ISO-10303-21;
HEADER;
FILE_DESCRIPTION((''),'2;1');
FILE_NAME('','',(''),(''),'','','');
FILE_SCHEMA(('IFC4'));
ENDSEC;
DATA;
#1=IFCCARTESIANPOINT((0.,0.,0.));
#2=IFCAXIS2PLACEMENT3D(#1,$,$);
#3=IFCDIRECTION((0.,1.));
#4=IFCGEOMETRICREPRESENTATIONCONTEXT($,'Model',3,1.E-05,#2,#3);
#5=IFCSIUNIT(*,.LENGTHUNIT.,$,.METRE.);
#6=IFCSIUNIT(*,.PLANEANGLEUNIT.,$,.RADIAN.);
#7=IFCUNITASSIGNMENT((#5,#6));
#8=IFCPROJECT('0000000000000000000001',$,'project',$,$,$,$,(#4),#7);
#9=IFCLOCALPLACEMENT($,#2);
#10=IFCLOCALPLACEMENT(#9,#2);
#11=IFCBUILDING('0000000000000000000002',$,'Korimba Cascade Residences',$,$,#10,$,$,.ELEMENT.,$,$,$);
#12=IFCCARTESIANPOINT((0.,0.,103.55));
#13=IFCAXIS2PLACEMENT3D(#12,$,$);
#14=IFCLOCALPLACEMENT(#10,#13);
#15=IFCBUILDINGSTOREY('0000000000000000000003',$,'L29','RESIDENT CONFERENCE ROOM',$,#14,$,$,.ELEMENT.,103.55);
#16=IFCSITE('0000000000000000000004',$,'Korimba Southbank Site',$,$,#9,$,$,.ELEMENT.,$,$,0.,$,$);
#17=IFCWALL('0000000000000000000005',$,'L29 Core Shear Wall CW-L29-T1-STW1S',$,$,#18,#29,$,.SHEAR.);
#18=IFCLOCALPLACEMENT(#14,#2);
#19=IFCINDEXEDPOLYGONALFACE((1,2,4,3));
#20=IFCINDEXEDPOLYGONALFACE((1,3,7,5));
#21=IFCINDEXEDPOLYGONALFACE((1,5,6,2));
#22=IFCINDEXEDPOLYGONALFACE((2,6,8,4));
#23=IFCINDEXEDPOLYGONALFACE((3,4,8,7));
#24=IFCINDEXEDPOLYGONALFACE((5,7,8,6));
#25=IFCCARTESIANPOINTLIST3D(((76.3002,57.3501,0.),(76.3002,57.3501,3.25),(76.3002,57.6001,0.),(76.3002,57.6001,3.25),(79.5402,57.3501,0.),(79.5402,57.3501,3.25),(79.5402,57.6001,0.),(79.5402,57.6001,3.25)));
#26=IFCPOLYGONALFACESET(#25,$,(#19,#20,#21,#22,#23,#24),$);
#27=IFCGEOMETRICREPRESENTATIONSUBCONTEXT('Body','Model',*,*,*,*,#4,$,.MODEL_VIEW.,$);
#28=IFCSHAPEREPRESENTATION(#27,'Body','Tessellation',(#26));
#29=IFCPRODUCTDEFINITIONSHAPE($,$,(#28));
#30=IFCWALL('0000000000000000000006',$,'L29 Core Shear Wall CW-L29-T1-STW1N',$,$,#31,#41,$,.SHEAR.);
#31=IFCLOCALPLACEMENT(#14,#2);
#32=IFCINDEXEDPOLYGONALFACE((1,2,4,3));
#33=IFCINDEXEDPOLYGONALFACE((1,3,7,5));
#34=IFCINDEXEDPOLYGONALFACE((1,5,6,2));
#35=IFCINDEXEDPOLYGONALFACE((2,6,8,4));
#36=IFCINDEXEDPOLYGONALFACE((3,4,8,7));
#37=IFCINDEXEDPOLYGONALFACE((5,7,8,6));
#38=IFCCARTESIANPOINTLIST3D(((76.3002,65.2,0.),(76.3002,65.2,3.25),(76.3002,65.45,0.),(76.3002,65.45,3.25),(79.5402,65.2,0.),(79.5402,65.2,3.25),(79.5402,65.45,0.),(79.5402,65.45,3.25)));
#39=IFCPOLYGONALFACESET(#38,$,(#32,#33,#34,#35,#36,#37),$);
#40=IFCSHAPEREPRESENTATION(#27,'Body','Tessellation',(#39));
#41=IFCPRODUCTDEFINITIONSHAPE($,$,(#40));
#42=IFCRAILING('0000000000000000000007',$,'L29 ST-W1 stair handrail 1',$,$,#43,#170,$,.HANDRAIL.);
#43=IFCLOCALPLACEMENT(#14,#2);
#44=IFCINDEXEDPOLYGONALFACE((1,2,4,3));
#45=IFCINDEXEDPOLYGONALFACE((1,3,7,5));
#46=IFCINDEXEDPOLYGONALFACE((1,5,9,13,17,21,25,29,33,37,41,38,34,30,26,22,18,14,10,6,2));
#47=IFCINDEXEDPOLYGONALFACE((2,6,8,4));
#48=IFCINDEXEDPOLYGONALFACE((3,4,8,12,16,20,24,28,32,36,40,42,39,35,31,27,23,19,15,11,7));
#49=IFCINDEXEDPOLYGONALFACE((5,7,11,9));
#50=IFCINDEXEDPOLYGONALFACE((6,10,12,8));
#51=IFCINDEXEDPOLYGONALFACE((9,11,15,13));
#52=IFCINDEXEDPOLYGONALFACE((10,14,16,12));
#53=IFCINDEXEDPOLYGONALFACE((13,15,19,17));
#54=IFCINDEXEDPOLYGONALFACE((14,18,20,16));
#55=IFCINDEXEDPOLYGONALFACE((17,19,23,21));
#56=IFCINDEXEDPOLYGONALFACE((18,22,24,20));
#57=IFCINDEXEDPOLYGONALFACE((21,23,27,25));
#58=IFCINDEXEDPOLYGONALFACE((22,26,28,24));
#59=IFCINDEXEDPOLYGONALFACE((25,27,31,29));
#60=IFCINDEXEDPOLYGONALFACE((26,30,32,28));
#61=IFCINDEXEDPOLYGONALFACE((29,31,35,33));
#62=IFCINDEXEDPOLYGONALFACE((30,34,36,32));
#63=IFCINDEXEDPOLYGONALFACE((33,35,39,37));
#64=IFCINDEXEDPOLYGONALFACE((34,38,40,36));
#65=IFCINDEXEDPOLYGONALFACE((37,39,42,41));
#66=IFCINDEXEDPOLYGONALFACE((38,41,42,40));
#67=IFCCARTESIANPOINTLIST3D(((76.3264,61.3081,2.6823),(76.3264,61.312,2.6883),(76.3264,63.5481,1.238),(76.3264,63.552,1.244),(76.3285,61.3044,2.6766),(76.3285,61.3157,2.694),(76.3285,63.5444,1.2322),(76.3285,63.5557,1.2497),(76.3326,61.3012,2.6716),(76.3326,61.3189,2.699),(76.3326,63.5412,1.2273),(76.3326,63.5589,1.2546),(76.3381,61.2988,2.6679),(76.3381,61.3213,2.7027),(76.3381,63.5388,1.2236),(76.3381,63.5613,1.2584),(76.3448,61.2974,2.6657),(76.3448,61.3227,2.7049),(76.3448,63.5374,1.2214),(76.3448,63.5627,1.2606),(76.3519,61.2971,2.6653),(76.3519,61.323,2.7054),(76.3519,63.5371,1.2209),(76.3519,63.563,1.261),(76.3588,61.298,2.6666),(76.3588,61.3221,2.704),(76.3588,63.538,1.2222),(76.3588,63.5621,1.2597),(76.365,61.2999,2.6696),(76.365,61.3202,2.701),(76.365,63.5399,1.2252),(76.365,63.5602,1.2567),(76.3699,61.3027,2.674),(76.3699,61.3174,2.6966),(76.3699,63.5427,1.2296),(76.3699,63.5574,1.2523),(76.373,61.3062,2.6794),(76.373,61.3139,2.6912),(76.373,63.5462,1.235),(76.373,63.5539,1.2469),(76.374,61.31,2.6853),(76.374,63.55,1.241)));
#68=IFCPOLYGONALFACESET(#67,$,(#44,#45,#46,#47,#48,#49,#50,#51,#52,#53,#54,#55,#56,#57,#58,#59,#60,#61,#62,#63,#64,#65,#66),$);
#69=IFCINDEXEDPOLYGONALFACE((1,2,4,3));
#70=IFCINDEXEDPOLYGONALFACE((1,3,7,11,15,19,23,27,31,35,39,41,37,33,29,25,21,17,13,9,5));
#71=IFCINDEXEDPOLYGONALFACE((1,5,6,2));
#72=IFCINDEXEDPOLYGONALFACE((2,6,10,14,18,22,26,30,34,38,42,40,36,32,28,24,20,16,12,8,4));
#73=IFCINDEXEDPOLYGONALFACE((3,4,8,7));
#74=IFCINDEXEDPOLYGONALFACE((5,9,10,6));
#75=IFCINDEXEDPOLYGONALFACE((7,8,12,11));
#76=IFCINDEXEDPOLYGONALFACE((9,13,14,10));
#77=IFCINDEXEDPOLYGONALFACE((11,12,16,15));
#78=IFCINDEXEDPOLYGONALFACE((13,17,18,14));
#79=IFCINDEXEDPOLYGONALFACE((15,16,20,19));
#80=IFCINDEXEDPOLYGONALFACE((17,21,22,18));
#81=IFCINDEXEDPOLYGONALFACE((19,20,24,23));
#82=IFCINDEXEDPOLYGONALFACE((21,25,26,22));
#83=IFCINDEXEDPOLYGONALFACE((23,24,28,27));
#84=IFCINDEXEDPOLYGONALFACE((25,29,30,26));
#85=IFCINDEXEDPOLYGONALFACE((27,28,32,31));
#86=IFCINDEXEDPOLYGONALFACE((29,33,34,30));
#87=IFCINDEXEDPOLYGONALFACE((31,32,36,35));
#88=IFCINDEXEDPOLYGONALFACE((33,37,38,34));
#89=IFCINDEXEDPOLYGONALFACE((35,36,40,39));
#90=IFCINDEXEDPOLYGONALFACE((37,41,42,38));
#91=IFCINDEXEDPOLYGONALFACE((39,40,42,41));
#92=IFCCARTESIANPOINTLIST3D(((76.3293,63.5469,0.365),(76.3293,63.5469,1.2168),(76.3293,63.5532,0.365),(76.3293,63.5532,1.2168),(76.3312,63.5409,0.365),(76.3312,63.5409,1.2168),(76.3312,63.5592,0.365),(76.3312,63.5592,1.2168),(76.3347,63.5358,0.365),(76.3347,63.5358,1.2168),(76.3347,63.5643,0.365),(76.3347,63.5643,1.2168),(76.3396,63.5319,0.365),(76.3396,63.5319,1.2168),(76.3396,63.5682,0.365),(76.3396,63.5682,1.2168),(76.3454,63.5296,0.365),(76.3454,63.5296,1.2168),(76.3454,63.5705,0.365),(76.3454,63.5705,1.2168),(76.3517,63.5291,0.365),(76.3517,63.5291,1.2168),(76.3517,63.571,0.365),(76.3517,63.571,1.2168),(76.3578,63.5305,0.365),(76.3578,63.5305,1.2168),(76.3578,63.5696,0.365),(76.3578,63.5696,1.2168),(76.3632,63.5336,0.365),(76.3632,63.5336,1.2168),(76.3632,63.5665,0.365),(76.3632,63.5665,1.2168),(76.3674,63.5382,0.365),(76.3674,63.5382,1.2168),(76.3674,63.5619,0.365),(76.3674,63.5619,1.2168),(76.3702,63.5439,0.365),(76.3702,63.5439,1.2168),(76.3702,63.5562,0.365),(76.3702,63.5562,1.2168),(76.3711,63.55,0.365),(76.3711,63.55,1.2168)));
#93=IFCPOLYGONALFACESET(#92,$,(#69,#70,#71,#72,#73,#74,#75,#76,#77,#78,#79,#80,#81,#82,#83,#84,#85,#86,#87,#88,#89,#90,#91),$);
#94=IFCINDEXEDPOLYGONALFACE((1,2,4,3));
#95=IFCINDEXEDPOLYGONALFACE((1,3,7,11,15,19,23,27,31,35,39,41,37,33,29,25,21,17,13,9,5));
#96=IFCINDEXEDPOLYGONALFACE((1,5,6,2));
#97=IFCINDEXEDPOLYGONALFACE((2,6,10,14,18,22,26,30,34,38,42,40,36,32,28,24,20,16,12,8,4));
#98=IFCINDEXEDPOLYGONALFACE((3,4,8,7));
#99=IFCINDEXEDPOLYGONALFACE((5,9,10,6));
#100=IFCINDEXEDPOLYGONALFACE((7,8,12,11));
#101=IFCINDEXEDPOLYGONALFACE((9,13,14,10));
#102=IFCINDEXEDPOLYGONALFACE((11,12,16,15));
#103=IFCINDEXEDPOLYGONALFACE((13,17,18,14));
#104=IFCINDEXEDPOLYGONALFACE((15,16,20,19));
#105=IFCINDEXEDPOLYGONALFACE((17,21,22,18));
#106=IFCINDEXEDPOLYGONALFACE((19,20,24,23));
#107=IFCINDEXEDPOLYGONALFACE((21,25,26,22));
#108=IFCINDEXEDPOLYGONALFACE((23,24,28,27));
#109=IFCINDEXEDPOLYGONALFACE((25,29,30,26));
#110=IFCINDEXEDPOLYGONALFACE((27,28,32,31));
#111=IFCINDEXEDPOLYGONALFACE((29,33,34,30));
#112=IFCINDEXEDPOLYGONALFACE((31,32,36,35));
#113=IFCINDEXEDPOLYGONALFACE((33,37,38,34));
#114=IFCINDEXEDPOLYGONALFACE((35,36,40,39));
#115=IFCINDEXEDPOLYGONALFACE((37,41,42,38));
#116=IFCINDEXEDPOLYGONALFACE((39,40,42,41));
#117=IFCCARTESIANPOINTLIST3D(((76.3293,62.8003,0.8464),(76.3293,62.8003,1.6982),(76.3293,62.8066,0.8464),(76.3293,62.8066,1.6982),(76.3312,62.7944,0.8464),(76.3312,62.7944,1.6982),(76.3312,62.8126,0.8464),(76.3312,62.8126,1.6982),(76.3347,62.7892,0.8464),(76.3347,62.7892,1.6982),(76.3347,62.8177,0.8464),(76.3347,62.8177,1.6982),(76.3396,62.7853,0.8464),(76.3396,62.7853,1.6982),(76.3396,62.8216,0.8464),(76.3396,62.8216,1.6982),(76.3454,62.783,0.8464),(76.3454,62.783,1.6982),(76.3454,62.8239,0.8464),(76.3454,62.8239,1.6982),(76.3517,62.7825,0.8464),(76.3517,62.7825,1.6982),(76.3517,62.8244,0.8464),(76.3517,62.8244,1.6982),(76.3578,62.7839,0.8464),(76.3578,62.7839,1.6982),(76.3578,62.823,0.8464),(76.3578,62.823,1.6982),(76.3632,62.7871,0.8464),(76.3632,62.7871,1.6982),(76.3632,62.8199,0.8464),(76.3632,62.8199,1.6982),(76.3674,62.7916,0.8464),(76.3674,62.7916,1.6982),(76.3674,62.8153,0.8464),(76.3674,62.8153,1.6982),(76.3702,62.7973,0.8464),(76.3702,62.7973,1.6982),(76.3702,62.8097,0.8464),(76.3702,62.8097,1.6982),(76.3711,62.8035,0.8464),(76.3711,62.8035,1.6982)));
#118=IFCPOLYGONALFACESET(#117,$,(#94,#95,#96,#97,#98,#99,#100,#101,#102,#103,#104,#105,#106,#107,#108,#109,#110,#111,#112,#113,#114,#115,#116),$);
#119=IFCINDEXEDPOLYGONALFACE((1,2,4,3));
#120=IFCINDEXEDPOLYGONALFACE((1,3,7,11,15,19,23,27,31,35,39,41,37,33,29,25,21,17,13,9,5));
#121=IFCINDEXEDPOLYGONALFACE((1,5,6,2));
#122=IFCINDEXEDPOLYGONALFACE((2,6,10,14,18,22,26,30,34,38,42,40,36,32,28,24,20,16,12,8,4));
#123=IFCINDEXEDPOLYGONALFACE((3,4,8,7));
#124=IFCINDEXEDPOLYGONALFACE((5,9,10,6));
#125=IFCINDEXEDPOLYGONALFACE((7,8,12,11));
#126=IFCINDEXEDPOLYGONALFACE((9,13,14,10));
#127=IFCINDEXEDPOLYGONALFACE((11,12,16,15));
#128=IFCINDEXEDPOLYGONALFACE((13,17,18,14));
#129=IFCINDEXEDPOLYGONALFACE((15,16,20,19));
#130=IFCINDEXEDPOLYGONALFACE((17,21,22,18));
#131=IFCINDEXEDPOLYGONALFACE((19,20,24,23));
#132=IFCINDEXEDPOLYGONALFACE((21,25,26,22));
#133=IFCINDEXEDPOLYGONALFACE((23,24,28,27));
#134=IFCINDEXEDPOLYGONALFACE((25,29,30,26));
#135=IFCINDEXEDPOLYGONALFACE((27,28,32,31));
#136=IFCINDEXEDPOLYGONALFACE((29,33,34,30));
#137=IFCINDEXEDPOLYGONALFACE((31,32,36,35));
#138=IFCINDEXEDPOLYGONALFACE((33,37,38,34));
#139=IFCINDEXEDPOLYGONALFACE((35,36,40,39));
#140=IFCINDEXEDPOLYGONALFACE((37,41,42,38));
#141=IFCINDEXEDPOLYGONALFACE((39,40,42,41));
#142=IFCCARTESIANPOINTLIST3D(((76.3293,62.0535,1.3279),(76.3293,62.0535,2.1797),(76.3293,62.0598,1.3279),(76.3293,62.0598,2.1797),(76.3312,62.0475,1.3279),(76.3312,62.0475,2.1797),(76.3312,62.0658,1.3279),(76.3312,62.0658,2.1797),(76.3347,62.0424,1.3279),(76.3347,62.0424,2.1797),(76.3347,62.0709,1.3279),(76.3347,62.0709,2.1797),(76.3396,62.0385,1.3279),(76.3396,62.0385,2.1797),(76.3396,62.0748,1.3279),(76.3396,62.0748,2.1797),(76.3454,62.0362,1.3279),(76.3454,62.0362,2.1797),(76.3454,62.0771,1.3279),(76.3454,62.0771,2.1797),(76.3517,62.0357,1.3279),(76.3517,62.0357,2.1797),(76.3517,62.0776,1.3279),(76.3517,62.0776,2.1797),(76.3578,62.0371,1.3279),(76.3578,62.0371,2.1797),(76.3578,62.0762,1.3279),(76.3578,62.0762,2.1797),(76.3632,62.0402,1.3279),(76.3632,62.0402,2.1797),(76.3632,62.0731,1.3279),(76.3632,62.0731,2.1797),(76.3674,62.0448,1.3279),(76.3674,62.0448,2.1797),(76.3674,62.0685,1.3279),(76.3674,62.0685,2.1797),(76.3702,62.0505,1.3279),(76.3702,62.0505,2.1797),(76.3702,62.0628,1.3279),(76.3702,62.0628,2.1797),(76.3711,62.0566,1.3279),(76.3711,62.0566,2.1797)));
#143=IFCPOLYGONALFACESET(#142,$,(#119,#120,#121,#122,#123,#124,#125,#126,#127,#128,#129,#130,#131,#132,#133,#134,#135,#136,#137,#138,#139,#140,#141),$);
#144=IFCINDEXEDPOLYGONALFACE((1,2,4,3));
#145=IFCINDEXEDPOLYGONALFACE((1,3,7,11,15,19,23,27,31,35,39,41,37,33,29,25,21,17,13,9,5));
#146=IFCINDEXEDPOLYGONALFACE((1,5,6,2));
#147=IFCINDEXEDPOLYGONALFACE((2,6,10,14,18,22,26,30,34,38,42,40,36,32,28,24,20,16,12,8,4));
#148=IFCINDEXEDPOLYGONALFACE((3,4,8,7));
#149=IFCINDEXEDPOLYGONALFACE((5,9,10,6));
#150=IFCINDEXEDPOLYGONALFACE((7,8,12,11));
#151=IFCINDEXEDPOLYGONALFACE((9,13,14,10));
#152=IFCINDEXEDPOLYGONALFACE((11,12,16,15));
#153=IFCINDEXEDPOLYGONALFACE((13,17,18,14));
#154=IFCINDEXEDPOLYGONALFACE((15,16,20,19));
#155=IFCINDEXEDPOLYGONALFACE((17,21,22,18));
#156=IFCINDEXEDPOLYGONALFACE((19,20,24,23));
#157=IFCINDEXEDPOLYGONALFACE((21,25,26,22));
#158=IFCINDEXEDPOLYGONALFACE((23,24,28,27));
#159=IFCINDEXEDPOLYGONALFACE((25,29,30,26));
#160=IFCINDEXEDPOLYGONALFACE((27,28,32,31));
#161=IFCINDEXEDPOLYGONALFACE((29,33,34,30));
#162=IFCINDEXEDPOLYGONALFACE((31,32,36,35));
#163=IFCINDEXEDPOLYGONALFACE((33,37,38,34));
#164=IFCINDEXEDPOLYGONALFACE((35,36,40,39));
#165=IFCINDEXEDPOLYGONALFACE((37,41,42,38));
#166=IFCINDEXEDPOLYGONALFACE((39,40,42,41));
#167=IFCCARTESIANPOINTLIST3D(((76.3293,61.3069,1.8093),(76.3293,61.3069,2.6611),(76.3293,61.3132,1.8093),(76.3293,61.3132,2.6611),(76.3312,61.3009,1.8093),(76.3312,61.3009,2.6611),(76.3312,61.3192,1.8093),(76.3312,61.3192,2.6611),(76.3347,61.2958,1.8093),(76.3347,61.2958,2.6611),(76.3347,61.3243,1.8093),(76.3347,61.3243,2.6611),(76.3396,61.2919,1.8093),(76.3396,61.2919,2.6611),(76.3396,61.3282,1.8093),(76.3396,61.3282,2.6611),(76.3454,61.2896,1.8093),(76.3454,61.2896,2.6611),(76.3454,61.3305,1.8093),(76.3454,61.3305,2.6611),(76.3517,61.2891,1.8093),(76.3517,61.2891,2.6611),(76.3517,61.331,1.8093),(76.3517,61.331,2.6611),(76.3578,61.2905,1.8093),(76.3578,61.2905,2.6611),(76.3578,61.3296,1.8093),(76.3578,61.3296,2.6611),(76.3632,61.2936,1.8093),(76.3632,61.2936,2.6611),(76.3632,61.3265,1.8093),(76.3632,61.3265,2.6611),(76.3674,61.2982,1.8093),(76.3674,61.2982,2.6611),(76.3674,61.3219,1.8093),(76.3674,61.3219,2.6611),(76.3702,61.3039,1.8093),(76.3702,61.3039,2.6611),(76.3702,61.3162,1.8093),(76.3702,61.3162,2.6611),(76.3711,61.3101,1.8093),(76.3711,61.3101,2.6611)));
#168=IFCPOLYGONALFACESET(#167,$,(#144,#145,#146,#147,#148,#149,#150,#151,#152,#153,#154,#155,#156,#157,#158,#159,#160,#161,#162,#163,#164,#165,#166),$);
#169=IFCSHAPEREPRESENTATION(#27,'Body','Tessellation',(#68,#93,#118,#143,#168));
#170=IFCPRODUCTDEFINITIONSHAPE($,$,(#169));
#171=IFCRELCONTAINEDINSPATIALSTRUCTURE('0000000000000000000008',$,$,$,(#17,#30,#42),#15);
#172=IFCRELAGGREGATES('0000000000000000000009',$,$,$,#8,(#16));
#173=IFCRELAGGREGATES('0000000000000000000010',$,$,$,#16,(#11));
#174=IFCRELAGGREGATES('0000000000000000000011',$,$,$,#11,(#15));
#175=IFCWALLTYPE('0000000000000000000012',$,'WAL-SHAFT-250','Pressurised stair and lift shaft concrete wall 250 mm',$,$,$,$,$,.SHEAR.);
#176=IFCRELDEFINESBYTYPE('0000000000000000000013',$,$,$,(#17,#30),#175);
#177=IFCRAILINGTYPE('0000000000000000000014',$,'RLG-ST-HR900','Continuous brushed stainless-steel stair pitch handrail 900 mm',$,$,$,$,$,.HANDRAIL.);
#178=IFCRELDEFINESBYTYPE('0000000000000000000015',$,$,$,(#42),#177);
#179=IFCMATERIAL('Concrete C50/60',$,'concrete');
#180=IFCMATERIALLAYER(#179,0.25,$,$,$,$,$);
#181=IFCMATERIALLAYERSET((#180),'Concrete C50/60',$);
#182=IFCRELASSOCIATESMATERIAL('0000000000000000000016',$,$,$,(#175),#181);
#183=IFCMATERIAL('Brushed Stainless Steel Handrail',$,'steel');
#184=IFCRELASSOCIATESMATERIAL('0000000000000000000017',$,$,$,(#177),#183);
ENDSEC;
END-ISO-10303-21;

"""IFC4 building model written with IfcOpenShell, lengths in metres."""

from ifc_helpers import new_model, si_unit, direction, frame, frame_2d, origin, origin_2d, place, context, subcontext, project, spatial, rectangle, circle, extrude, material, layer, layer_set, type_object, element, save


model = new_model("IFC4")

# Units and contexts
model_context = context("Model", 3, precision=1e-05, world=origin(), true_north=direction((0.0, 1.0)))
body_context = subcontext(model_context, "Body", "Model", "MODEL_VIEW")
ifc_project = project(units=[si_unit("LENGTHUNIT", "METRE"), si_unit("PLANEANGLEUNIT", "RADIAN")], contexts=[model_context])

# Site, building, storey
site_placement = place(None, origin())
site = spatial("IfcSite", under=ifc_project, at=site_placement, Name="Korimba Southbank Site", CompositionType="ELEMENT", RefElevation=0.0)
building_placement = place(site_placement, origin())
building = spatial("IfcBuilding", under=site, at=building_placement, Name="Korimba Cascade Residences", CompositionType="ELEMENT")
storey_placement = place(building_placement, frame((0.0, 0.0, 103.55)))
storey = spatial("IfcBuildingStorey", under=building, at=storey_placement, Name="L29", Description="RESIDENT CONFERENCE ROOM", CompositionType="ELEMENT", Elevation=103.55)

# Walls
ifc_material_1 = material(Name="Concrete C50/60", Category="concrete")
ifc_layer_1 = layer(ifc_material_1, 0.25)
ifc_layer_set_1 = layer_set([ifc_layer_1], Name="Concrete C50/60")
wall_type_1 = type_object("IfcWallType", Name="WAL-SHAFT-250", Description="Pressurised stair and lift shaft concrete wall 250 mm", PredefinedType="SHEAR", material=ifc_layer_set_1)
for number, where, z_axis, x_axis, name in (
    (1, (76.3, 57.4751, 0.0), (0.0, 0.0, 1.0), (1.0, 0.0, 0.0), "L29 Core Shear Wall CW-L29-T1-STW1S"),
    (2, (76.3, 65.325, 0.0), (0.0, 0.0, 1.0), (1.0, 0.0, 0.0), "L29 Core Shear Wall CW-L29-T1-STW1N"),
):
    element("IfcWall", number, at=place(storey_placement, frame(where, z_axis=z_axis, x_axis=x_axis)), inside=storey, type_object=wall_type_1, Name=name, PredefinedType="SHEAR", context=body_context, shape_type="SweptSolid", body=[
        extrude(rectangle(XDim=3.24, YDim=0.25, at=frame_2d((1.6201, 0.0))), origin(), (0.0, 0.0, 1.0), 3.25),
    ])

# Railing
ifc_material_2 = material(Name="Brushed Stainless Steel Handrail", Category="steel")
railing_type = type_object("IfcRailingType", Name="RLG-ST-HR900", Description="Continuous brushed stainless-steel stair pitch handrail 900 mm", PredefinedType="HANDRAIL", material=ifc_material_2)
railing_placement = place(storey_placement, frame((76.3501, 63.55, 0.365)))
element("IfcRailing", 3, at=railing_placement, inside=storey, type_object=railing_type, Name="L29 ST-W1 stair handrail 1", PredefinedType="HANDRAIL", context=body_context, shape_type="SweptSolid", body=[
    extrude(circle(Radius=0.0239, at=origin_2d()), frame((0.0, 0.0, 0.876), z_axis=(0.0, -0.840437, 0.54191), x_axis=(1.0, 0.0, 0.0)), (0.0, 0.0, 1.0), 2.6653),
    extrude(circle(Radius=0.021, at=origin_2d()), origin(), (0.0, 0.0, 1.0), 0.8518),
    extrude(circle(Radius=0.021, at=origin_2d()), frame((0.0, -0.7466, 0.4814)), (0.0, 0.0, 1.0), 0.8518),
    extrude(circle(Radius=0.021, at=origin_2d()), frame((0.0, -1.4934, 0.9629)), (0.0, 0.0, 1.0), 0.8518),
    extrude(circle(Radius=0.021, at=origin_2d()), frame((0.0, -2.24, 1.4443)), (0.0, 0.0, 1.0), 0.8518),
])

save(model, "model.ifc")
